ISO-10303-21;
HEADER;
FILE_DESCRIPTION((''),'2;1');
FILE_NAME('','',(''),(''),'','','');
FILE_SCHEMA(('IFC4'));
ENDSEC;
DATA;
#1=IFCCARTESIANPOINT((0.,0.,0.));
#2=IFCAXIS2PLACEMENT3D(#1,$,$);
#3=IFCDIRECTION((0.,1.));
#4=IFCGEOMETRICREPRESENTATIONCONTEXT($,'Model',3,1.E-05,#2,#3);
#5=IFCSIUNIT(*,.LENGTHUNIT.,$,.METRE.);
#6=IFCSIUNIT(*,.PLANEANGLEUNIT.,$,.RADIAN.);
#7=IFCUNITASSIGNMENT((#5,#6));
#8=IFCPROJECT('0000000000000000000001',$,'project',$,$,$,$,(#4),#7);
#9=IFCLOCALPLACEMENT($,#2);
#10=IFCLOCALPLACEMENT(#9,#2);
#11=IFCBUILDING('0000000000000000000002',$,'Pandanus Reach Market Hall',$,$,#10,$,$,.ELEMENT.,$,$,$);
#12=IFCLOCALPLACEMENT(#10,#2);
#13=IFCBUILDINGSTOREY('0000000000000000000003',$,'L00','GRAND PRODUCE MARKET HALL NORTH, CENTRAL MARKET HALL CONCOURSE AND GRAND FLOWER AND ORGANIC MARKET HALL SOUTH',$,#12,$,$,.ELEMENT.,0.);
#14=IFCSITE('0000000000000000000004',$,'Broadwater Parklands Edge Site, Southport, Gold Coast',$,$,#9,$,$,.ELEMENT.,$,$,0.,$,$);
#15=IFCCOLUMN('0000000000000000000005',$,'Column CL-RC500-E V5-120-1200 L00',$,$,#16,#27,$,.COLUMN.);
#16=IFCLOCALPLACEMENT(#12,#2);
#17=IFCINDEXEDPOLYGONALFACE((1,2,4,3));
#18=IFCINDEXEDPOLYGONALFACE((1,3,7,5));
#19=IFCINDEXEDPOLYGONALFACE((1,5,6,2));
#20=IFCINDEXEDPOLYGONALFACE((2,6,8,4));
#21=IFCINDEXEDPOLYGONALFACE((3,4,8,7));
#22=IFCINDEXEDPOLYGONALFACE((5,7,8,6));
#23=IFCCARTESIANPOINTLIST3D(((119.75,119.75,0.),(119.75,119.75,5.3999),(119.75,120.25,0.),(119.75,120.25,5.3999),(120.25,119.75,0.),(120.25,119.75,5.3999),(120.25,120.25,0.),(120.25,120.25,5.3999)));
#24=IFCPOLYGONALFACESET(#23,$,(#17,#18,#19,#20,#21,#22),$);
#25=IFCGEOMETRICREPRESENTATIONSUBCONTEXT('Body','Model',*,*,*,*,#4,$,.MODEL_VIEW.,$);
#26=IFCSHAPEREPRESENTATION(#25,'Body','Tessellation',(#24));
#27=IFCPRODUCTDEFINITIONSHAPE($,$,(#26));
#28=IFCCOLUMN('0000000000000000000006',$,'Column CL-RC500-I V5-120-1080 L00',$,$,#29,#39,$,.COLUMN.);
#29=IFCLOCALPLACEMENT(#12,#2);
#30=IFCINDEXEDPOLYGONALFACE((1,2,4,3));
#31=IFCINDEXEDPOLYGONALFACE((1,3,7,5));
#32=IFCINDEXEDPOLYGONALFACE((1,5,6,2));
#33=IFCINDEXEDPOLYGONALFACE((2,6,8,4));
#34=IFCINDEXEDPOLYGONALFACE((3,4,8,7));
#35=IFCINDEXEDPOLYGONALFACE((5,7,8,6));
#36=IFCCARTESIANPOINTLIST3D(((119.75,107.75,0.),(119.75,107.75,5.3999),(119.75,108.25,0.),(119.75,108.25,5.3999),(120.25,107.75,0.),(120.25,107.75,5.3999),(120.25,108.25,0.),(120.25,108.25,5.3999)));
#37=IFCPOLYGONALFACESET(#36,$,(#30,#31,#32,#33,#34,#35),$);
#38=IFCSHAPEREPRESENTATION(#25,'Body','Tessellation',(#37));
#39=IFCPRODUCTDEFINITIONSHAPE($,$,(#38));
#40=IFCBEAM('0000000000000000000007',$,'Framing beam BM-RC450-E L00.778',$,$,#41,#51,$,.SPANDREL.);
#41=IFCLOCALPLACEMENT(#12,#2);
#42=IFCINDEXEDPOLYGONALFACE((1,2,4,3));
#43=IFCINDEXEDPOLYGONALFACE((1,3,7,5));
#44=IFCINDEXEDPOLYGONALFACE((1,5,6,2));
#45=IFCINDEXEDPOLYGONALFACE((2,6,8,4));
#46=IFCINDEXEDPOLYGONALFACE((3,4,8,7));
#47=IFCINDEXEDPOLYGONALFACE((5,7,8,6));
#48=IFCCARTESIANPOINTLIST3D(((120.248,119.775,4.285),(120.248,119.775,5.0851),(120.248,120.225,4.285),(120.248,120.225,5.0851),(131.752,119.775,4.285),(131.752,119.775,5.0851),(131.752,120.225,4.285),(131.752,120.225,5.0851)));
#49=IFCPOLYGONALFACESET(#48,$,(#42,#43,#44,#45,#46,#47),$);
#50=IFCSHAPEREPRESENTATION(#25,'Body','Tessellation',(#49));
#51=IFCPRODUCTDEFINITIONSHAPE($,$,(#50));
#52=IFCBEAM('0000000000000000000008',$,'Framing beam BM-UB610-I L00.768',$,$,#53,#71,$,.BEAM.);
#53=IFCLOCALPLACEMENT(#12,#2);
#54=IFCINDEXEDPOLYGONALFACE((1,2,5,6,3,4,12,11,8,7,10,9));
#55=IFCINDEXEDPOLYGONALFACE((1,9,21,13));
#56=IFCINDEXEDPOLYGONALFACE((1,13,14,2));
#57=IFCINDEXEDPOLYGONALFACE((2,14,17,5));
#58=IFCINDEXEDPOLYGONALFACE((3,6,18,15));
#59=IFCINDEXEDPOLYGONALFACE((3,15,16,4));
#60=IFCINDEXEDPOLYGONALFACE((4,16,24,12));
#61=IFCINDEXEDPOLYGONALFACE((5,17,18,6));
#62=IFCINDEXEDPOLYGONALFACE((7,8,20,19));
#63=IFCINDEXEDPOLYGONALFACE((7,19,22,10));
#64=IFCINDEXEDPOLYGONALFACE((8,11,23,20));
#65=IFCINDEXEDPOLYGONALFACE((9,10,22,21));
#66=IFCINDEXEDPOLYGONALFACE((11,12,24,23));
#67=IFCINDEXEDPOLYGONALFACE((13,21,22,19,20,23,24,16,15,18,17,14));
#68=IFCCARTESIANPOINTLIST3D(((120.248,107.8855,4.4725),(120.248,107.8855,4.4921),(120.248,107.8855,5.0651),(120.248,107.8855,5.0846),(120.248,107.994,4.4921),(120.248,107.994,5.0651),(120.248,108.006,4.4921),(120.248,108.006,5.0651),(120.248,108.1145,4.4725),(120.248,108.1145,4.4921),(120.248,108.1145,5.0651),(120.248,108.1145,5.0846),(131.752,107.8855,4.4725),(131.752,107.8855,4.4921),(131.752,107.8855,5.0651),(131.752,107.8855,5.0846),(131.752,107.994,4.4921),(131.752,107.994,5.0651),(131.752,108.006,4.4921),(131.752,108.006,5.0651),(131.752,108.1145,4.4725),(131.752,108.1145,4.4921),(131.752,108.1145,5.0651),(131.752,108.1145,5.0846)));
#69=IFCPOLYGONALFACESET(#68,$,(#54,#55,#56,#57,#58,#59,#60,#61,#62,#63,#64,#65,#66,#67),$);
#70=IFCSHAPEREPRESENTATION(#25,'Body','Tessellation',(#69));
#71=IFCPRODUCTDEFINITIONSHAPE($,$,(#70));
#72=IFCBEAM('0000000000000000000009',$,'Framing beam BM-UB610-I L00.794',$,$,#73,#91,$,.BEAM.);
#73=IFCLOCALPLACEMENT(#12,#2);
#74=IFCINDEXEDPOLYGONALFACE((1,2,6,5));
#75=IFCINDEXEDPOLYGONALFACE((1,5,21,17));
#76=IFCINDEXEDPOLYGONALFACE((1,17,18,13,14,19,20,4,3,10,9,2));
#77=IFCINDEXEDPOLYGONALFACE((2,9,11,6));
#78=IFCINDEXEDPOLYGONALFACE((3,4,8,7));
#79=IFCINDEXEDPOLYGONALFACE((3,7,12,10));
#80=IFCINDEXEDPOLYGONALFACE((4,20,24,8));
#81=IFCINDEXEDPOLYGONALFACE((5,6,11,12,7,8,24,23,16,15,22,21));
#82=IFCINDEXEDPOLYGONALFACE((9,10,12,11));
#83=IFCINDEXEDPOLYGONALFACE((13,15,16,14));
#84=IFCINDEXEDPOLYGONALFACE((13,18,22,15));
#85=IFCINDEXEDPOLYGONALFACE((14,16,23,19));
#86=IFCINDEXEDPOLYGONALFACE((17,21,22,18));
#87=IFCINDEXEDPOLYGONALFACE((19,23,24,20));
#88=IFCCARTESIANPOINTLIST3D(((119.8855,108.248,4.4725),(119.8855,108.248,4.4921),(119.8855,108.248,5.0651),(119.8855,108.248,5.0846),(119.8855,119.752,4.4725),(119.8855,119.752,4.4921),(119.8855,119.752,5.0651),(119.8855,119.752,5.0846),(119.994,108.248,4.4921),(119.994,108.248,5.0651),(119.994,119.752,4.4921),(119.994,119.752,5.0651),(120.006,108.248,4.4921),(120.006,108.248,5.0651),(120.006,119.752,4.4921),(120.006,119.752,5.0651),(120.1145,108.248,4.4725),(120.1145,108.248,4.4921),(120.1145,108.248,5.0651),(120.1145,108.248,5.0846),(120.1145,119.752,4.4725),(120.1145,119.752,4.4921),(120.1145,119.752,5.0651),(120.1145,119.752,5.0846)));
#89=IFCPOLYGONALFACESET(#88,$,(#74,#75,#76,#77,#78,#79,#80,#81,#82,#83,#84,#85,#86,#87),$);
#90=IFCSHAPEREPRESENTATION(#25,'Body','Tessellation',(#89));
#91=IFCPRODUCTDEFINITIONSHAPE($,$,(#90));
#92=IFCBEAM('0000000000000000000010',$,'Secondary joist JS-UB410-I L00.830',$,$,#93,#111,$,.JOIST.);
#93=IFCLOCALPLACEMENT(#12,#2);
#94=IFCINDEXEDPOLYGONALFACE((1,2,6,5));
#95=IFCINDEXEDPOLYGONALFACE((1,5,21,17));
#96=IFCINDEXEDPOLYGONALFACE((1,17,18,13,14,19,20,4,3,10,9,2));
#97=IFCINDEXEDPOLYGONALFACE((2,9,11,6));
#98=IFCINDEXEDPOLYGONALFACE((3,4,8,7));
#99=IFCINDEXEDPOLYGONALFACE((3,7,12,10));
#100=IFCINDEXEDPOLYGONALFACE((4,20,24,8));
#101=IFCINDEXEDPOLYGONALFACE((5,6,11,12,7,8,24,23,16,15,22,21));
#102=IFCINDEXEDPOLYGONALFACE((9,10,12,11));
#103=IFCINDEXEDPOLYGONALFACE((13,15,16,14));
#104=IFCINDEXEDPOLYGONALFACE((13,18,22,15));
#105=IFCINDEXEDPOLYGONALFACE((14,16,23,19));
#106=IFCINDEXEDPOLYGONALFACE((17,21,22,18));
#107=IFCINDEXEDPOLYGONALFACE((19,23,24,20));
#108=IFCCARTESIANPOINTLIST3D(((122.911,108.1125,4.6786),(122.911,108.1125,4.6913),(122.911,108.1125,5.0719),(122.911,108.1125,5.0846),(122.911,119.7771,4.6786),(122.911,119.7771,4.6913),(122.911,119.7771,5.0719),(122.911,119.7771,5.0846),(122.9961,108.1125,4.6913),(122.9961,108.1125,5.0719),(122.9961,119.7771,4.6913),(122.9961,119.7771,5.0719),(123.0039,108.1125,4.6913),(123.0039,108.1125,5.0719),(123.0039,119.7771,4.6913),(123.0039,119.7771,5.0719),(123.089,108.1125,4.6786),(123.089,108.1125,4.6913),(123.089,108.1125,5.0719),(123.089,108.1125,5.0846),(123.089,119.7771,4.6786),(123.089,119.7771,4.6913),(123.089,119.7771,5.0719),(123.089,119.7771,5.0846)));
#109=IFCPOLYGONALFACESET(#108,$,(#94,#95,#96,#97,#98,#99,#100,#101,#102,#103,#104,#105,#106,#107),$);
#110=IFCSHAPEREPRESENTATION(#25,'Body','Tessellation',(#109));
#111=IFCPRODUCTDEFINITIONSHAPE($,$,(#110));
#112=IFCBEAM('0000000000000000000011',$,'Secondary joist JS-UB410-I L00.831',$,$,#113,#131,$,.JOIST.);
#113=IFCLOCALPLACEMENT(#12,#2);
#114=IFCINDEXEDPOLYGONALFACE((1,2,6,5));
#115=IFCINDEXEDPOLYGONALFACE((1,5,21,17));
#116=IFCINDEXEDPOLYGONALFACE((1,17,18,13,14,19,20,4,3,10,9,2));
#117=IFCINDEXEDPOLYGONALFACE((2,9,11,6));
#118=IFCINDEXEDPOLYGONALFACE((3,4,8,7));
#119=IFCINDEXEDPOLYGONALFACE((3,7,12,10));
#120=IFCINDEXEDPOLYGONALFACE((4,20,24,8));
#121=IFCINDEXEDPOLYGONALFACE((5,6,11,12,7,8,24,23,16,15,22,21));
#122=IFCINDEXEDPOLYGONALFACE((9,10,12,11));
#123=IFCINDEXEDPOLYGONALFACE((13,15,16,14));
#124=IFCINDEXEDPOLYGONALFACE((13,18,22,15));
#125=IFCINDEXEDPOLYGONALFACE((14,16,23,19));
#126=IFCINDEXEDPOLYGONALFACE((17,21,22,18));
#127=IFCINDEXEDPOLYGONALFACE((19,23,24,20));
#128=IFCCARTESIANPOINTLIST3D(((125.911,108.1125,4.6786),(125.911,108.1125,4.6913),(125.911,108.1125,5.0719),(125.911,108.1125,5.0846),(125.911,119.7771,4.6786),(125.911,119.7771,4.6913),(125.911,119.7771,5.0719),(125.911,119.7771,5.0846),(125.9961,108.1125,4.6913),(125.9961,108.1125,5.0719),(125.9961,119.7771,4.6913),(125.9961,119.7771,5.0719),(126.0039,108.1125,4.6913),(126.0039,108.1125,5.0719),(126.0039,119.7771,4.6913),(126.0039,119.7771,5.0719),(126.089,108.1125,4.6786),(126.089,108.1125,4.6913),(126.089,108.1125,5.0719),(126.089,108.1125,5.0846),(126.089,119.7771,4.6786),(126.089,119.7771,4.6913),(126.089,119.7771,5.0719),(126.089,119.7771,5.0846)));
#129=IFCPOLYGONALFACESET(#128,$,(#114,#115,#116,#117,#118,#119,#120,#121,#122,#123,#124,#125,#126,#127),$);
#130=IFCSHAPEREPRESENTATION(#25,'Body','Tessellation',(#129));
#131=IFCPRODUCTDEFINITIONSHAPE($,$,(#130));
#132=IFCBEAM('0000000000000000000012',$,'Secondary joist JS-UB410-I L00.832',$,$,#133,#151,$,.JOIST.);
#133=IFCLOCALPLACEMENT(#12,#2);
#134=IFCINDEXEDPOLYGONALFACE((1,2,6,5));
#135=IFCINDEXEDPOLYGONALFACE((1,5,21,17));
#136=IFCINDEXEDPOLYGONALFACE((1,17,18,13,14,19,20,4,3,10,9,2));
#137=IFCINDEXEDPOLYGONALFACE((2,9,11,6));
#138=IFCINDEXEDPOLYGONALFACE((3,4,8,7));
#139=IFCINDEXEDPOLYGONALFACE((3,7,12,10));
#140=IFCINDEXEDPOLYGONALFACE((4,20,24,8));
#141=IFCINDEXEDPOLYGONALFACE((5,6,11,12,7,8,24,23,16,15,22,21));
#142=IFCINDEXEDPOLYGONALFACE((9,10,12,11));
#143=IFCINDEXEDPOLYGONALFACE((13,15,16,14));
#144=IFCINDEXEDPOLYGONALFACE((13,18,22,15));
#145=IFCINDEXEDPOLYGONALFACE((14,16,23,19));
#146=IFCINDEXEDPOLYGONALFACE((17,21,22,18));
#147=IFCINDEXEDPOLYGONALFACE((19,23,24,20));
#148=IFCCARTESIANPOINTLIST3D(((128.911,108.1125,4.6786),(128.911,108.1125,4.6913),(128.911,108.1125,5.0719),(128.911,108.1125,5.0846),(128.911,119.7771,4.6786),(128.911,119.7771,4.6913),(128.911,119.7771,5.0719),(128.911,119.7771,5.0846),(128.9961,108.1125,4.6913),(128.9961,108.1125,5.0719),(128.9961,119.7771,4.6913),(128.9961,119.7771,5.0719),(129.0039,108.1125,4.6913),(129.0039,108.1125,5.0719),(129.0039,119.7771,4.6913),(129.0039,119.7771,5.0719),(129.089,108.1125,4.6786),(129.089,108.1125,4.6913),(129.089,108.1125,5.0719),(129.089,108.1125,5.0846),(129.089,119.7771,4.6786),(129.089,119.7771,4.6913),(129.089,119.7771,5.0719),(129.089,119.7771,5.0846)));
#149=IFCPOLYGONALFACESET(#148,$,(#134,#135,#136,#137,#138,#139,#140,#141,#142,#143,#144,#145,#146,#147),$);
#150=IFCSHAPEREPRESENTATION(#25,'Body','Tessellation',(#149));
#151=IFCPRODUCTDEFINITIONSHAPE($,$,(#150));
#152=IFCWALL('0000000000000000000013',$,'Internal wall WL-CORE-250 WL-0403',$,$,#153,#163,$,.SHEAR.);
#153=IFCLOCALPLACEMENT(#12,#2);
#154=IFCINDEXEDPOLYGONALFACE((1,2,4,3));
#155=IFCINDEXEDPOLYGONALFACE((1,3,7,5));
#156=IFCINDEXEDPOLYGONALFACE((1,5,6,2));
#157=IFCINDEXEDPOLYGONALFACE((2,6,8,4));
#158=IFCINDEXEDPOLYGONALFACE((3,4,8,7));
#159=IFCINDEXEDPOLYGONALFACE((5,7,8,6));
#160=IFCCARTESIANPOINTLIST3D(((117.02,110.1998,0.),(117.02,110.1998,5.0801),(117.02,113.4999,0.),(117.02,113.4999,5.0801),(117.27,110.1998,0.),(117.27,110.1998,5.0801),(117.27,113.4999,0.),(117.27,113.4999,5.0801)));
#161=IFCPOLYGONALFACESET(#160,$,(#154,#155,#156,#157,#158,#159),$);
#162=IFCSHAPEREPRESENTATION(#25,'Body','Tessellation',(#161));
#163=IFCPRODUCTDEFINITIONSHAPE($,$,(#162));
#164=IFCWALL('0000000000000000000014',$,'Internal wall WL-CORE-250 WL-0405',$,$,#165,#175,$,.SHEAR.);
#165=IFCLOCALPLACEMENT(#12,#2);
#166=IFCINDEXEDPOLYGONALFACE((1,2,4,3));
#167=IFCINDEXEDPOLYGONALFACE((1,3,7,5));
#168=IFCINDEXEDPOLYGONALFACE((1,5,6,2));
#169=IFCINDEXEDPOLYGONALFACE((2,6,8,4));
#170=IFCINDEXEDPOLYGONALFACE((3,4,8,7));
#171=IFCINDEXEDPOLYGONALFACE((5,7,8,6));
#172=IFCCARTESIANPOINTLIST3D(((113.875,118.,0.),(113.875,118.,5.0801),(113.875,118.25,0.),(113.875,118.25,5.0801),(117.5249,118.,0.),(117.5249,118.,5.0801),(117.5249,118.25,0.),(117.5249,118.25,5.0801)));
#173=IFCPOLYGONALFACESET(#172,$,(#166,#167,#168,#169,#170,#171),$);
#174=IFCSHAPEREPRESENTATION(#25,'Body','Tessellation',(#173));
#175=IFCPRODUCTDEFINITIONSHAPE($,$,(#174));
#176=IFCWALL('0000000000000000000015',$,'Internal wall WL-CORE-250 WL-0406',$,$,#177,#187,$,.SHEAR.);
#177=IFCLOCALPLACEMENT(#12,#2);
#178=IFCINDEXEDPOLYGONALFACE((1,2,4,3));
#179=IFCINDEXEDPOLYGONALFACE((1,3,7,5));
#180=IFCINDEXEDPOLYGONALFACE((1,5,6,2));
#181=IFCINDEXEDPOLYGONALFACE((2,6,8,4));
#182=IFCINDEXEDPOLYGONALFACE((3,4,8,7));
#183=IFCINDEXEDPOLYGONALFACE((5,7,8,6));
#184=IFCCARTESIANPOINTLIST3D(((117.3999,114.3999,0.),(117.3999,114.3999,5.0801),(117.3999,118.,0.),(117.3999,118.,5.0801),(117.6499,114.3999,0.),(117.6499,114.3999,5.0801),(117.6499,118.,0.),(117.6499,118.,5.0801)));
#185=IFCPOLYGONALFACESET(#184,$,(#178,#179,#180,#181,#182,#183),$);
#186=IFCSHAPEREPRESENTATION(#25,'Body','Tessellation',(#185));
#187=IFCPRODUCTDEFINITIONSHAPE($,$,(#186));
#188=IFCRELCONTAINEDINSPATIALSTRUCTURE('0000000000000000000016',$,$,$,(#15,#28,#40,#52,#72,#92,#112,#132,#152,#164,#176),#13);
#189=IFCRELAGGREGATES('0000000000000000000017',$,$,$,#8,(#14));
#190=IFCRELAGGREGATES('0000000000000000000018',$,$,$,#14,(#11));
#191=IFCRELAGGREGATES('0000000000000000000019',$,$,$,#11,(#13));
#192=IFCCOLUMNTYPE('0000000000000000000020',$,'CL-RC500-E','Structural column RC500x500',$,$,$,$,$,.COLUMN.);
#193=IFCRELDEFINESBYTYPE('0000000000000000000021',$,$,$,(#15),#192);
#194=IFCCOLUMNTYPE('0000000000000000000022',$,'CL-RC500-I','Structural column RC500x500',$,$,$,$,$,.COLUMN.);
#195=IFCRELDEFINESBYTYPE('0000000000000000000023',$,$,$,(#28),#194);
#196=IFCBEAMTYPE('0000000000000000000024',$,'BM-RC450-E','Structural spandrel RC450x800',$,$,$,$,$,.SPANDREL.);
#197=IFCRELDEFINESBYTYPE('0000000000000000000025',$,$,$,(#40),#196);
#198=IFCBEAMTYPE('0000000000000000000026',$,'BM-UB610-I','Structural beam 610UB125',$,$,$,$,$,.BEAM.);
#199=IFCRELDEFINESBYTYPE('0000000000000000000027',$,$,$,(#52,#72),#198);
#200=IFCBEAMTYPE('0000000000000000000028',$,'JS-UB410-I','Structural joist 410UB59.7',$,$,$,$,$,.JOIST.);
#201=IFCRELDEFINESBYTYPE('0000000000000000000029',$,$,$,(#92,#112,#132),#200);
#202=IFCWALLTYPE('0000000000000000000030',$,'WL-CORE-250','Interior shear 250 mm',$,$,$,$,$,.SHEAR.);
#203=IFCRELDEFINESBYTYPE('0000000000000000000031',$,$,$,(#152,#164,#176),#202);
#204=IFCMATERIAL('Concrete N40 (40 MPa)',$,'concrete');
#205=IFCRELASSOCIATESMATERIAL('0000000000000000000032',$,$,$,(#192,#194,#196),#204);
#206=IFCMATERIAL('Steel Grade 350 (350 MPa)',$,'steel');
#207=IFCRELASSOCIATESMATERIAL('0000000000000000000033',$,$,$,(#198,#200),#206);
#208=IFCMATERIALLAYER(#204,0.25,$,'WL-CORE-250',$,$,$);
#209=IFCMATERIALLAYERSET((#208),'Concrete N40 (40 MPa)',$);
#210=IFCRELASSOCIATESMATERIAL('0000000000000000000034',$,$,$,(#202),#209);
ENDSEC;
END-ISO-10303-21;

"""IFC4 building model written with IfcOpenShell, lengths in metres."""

from ifc_helpers import new_model, si_unit, direction, frame, frame_2d, origin, origin_2d, place, context, subcontext, project, spatial, rectangle, i_section, extrude, material, layer, layer_set, material_profile, profile_set, type_object, element, save


model = new_model("IFC4")

# Units and contexts
model_context = context("Model", 3, precision=1e-05, world=origin(), true_north=direction((0.0, 1.0)))
body_context = subcontext(model_context, "Body", "Model", "MODEL_VIEW")
ifc_project = project(units=[si_unit("LENGTHUNIT", "METRE"), si_unit("PLANEANGLEUNIT", "RADIAN")], contexts=[model_context])

# Site, building, storey
site_placement = place(None, origin())
site = spatial("IfcSite", under=ifc_project, at=site_placement, Name="Broadwater Parklands Edge Site, Southport, Gold Coast", CompositionType="ELEMENT", RefElevation=0.0)
building_placement = place(site_placement, origin())
building = spatial("IfcBuilding", under=site, at=building_placement, Name="Pandanus Reach Market Hall", CompositionType="ELEMENT")
storey_placement = place(building_placement, origin())
storey = spatial("IfcBuildingStorey", under=building, at=storey_placement, Name="L00", Description="GRAND PRODUCE MARKET HALL NORTH, CENTRAL MARKET HALL CONCOURSE AND GRAND FLOWER AND ORGANIC MARKET HALL SOUTH", CompositionType="ELEMENT", Elevation=0.0)

# Columns
ifc_material_1 = material(Name="Concrete N40 (40 MPa)", Category="concrete")
ifc_material_profile_1 = material_profile(ifc_material_1, rectangle(XDim=0.5, YDim=0.5, at=origin_2d()), Name="RC500x500", Category="LoadBearing")
ifc_profile_set_1 = profile_set([ifc_material_profile_1], Name="Concrete N40 (40 MPa)")
column_type_1 = type_object("IfcColumnType", Name="CL-RC500-E", Description="Structural column RC500x500", PredefinedType="COLUMN", material=ifc_profile_set_1)
column_1_placement = place(storey_placement, frame((120.0, 120.0, 0.0), z_axis=(0.0, 0.0, 1.0), x_axis=(1.0, 0.0, 0.0)))
element("IfcColumn", 1, at=column_1_placement, inside=storey, type_object=column_type_1, Name="Column CL-RC500-E V5-120-1200 L00", PredefinedType="COLUMN", context=body_context, shape_type="SweptSolid", body=[
    extrude(rectangle(XDim=0.5, YDim=0.5, at=origin_2d()), origin(), (0.0, 0.0, 1.0), 5.3999),
])
ifc_material_profile_2 = material_profile(ifc_material_1, rectangle(XDim=0.5, YDim=0.5, at=origin_2d()), Name="RC500x500", Category="LoadBearing")
ifc_profile_set_2 = profile_set([ifc_material_profile_2], Name="Concrete N40 (40 MPa)")
column_type_2 = type_object("IfcColumnType", Name="CL-RC500-I", Description="Structural column RC500x500", PredefinedType="COLUMN", material=ifc_profile_set_2)
column_2_placement = place(storey_placement, frame((120.0, 108.0, 0.0), z_axis=(0.0, 0.0, 1.0), x_axis=(1.0, 0.0, 0.0)))
element("IfcColumn", 2, at=column_2_placement, inside=storey, type_object=column_type_2, Name="Column CL-RC500-I V5-120-1080 L00", PredefinedType="COLUMN", context=body_context, shape_type="SweptSolid", body=[
    extrude(rectangle(XDim=0.5, YDim=0.5, at=origin_2d()), origin(), (0.0, 0.0, 1.0), 5.3999),
])

# Beams
ifc_material_profile_3 = material_profile(ifc_material_1, rectangle(XDim=0.45, YDim=0.8, at=origin_2d()), Name="RC450x800", Category="LoadBearing")
ifc_profile_set_3 = profile_set([ifc_material_profile_3], Name="Concrete N40 (40 MPa)")
beam_type_1 = type_object("IfcBeamType", Name="BM-RC450-E", Description="Structural spandrel RC450x800", PredefinedType="SPANDREL", material=ifc_profile_set_3)
beam_placement = place(storey_placement, frame((120.248, 120.0, 4.6851), z_axis=(1.0, 0.0, 0.0), x_axis=(0.0, 1.0, 0.0)))
element("IfcBeam", 3, at=beam_placement, inside=storey, type_object=beam_type_1, Name="Framing beam BM-RC450-E L00.778", PredefinedType="SPANDREL", context=body_context, shape_type="SweptSolid", body=[
    extrude(rectangle(XDim=0.45, YDim=0.8, at=origin_2d()), origin(), (0.0, 0.0, 1.0), 11.5039),
])
ifc_material_2 = material(Name="Steel Grade 350 (350 MPa)", Category="steel")
ifc_material_profile_4 = material_profile(ifc_material_2, i_section(OverallWidth=0.229, OverallDepth=0.6121, WebThickness=0.012, FlangeThickness=0.0195, at=origin_2d()), Name="610UB125", Category="LoadBearing")
ifc_profile_set_4 = profile_set([ifc_material_profile_4], Name="Steel Grade 350 (350 MPa)")
beam_type_2 = type_object("IfcBeamType", Name="BM-UB610-I", Description="Structural beam 610UB125", PredefinedType="BEAM", material=ifc_profile_set_4)
for number, where, z_axis, x_axis, name in (
    (4, (120.248, 108.0, 4.7786), (1.0, 0.0, 0.0), (0.0, 1.0, 0.0), "Framing beam BM-UB610-I L00.768"),
    (5, (120.0, 108.248, 4.7786), (0.0, 1.0, 0.0), (-1.0, 0.0, 0.0), "Framing beam BM-UB610-I L00.794"),
):
    element("IfcBeam", number, at=place(storey_placement, frame(where, z_axis=z_axis, x_axis=x_axis)), inside=storey, type_object=beam_type_2, Name=name, PredefinedType="BEAM", context=body_context, shape_type="SweptSolid", body=[
        extrude(i_section(OverallWidth=0.229, OverallDepth=0.6121, WebThickness=0.012, FlangeThickness=0.0195, at=origin_2d()), origin(), (0.0, 0.0, 1.0), 11.5039),
    ])
ifc_material_profile_5 = material_profile(ifc_material_2, i_section(OverallWidth=0.178, OverallDepth=0.406, WebThickness=0.0078, FlangeThickness=0.0127, at=origin_2d()), Name="410UB59.7", Category="LoadBearing")
ifc_profile_set_5 = profile_set([ifc_material_profile_5], Name="Steel Grade 350 (350 MPa)")
beam_type_3 = type_object("IfcBeamType", Name="JS-UB410-I", Description="Structural joist 410UB59.7", PredefinedType="JOIST", material=ifc_profile_set_5)
for number, where, z_axis, x_axis, name in (
    (6, (123.0, 108.1125, 4.8816), (0.0, 1.0, 0.0), (-1.0, 0.0, 0.0), "Secondary joist JS-UB410-I L00.830"),
    (7, (126.0, 108.1125, 4.8816), (0.0, 1.0, 0.0), (-1.0, 0.0, 0.0), "Secondary joist JS-UB410-I L00.831"),
    (8, (129.0, 108.1125, 4.8816), (0.0, 1.0, 0.0), (-1.0, 0.0, 0.0), "Secondary joist JS-UB410-I L00.832"),
):
    element("IfcBeam", number, at=place(storey_placement, frame(where, z_axis=z_axis, x_axis=x_axis)), inside=storey, type_object=beam_type_3, Name=name, PredefinedType="JOIST", context=body_context, shape_type="SweptSolid", body=[
        extrude(i_section(OverallWidth=0.178, OverallDepth=0.406, WebThickness=0.0078, FlangeThickness=0.0127, at=origin_2d()), origin(), (0.0, 0.0, 1.0), 11.6646),
    ])

# Walls
ifc_layer_1 = layer(ifc_material_1, 0.25, Name="WL-CORE-250")
ifc_layer_set_1 = layer_set([ifc_layer_1], Name="Concrete N40 (40 MPa)")
wall_type_1 = type_object("IfcWallType", Name="WL-CORE-250", Description="Interior shear 250 mm", PredefinedType="SHEAR", material=ifc_layer_set_1)
wall_1_placement = place(storey_placement, frame((117.145, 110.2, 0.0), z_axis=(0.0, 0.0, 1.0), x_axis=(0.0, 1.0, 0.0)))
element("IfcWall", 9, at=wall_1_placement, inside=storey, type_object=wall_type_1, Name="Internal wall WL-CORE-250 WL-0403", PredefinedType="SHEAR", context=body_context, shape_type="SweptSolid", body=[
    extrude(rectangle(XDim=3.3, YDim=0.25, at=frame_2d((1.6499, 0.0))), origin(), (0.0, 0.0, 1.0), 5.0801),
])
wall_2_placement = place(storey_placement, frame((113.875, 118.125, 0.0), z_axis=(0.0, 0.0, 1.0), x_axis=(1.0, 0.0, 0.0)))
element("IfcWall", 10, at=wall_2_placement, inside=storey, type_object=wall_type_1, Name="Internal wall WL-CORE-250 WL-0405", PredefinedType="SHEAR", context=body_context, shape_type="SweptSolid", body=[
    extrude(rectangle(XDim=3.6499, YDim=0.25, at=frame_2d((1.825, 0.0))), origin(), (0.0, 0.0, 1.0), 5.0801),
])
wall_3_placement = place(storey_placement, frame((117.5249, 114.3999, 0.0), z_axis=(0.0, 0.0, 1.0), x_axis=(0.0, 1.0, 0.0)))
element("IfcWall", 11, at=wall_3_placement, inside=storey, type_object=wall_type_1, Name="Internal wall WL-CORE-250 WL-0406", PredefinedType="SHEAR", context=body_context, shape_type="SweptSolid", body=[
    extrude(rectangle(XDim=3.6001, YDim=0.25, at=frame_2d((1.8, 0.0))), origin(), (0.0, 0.0, 1.0), 5.0801),
])

save(model, "model.ifc")
